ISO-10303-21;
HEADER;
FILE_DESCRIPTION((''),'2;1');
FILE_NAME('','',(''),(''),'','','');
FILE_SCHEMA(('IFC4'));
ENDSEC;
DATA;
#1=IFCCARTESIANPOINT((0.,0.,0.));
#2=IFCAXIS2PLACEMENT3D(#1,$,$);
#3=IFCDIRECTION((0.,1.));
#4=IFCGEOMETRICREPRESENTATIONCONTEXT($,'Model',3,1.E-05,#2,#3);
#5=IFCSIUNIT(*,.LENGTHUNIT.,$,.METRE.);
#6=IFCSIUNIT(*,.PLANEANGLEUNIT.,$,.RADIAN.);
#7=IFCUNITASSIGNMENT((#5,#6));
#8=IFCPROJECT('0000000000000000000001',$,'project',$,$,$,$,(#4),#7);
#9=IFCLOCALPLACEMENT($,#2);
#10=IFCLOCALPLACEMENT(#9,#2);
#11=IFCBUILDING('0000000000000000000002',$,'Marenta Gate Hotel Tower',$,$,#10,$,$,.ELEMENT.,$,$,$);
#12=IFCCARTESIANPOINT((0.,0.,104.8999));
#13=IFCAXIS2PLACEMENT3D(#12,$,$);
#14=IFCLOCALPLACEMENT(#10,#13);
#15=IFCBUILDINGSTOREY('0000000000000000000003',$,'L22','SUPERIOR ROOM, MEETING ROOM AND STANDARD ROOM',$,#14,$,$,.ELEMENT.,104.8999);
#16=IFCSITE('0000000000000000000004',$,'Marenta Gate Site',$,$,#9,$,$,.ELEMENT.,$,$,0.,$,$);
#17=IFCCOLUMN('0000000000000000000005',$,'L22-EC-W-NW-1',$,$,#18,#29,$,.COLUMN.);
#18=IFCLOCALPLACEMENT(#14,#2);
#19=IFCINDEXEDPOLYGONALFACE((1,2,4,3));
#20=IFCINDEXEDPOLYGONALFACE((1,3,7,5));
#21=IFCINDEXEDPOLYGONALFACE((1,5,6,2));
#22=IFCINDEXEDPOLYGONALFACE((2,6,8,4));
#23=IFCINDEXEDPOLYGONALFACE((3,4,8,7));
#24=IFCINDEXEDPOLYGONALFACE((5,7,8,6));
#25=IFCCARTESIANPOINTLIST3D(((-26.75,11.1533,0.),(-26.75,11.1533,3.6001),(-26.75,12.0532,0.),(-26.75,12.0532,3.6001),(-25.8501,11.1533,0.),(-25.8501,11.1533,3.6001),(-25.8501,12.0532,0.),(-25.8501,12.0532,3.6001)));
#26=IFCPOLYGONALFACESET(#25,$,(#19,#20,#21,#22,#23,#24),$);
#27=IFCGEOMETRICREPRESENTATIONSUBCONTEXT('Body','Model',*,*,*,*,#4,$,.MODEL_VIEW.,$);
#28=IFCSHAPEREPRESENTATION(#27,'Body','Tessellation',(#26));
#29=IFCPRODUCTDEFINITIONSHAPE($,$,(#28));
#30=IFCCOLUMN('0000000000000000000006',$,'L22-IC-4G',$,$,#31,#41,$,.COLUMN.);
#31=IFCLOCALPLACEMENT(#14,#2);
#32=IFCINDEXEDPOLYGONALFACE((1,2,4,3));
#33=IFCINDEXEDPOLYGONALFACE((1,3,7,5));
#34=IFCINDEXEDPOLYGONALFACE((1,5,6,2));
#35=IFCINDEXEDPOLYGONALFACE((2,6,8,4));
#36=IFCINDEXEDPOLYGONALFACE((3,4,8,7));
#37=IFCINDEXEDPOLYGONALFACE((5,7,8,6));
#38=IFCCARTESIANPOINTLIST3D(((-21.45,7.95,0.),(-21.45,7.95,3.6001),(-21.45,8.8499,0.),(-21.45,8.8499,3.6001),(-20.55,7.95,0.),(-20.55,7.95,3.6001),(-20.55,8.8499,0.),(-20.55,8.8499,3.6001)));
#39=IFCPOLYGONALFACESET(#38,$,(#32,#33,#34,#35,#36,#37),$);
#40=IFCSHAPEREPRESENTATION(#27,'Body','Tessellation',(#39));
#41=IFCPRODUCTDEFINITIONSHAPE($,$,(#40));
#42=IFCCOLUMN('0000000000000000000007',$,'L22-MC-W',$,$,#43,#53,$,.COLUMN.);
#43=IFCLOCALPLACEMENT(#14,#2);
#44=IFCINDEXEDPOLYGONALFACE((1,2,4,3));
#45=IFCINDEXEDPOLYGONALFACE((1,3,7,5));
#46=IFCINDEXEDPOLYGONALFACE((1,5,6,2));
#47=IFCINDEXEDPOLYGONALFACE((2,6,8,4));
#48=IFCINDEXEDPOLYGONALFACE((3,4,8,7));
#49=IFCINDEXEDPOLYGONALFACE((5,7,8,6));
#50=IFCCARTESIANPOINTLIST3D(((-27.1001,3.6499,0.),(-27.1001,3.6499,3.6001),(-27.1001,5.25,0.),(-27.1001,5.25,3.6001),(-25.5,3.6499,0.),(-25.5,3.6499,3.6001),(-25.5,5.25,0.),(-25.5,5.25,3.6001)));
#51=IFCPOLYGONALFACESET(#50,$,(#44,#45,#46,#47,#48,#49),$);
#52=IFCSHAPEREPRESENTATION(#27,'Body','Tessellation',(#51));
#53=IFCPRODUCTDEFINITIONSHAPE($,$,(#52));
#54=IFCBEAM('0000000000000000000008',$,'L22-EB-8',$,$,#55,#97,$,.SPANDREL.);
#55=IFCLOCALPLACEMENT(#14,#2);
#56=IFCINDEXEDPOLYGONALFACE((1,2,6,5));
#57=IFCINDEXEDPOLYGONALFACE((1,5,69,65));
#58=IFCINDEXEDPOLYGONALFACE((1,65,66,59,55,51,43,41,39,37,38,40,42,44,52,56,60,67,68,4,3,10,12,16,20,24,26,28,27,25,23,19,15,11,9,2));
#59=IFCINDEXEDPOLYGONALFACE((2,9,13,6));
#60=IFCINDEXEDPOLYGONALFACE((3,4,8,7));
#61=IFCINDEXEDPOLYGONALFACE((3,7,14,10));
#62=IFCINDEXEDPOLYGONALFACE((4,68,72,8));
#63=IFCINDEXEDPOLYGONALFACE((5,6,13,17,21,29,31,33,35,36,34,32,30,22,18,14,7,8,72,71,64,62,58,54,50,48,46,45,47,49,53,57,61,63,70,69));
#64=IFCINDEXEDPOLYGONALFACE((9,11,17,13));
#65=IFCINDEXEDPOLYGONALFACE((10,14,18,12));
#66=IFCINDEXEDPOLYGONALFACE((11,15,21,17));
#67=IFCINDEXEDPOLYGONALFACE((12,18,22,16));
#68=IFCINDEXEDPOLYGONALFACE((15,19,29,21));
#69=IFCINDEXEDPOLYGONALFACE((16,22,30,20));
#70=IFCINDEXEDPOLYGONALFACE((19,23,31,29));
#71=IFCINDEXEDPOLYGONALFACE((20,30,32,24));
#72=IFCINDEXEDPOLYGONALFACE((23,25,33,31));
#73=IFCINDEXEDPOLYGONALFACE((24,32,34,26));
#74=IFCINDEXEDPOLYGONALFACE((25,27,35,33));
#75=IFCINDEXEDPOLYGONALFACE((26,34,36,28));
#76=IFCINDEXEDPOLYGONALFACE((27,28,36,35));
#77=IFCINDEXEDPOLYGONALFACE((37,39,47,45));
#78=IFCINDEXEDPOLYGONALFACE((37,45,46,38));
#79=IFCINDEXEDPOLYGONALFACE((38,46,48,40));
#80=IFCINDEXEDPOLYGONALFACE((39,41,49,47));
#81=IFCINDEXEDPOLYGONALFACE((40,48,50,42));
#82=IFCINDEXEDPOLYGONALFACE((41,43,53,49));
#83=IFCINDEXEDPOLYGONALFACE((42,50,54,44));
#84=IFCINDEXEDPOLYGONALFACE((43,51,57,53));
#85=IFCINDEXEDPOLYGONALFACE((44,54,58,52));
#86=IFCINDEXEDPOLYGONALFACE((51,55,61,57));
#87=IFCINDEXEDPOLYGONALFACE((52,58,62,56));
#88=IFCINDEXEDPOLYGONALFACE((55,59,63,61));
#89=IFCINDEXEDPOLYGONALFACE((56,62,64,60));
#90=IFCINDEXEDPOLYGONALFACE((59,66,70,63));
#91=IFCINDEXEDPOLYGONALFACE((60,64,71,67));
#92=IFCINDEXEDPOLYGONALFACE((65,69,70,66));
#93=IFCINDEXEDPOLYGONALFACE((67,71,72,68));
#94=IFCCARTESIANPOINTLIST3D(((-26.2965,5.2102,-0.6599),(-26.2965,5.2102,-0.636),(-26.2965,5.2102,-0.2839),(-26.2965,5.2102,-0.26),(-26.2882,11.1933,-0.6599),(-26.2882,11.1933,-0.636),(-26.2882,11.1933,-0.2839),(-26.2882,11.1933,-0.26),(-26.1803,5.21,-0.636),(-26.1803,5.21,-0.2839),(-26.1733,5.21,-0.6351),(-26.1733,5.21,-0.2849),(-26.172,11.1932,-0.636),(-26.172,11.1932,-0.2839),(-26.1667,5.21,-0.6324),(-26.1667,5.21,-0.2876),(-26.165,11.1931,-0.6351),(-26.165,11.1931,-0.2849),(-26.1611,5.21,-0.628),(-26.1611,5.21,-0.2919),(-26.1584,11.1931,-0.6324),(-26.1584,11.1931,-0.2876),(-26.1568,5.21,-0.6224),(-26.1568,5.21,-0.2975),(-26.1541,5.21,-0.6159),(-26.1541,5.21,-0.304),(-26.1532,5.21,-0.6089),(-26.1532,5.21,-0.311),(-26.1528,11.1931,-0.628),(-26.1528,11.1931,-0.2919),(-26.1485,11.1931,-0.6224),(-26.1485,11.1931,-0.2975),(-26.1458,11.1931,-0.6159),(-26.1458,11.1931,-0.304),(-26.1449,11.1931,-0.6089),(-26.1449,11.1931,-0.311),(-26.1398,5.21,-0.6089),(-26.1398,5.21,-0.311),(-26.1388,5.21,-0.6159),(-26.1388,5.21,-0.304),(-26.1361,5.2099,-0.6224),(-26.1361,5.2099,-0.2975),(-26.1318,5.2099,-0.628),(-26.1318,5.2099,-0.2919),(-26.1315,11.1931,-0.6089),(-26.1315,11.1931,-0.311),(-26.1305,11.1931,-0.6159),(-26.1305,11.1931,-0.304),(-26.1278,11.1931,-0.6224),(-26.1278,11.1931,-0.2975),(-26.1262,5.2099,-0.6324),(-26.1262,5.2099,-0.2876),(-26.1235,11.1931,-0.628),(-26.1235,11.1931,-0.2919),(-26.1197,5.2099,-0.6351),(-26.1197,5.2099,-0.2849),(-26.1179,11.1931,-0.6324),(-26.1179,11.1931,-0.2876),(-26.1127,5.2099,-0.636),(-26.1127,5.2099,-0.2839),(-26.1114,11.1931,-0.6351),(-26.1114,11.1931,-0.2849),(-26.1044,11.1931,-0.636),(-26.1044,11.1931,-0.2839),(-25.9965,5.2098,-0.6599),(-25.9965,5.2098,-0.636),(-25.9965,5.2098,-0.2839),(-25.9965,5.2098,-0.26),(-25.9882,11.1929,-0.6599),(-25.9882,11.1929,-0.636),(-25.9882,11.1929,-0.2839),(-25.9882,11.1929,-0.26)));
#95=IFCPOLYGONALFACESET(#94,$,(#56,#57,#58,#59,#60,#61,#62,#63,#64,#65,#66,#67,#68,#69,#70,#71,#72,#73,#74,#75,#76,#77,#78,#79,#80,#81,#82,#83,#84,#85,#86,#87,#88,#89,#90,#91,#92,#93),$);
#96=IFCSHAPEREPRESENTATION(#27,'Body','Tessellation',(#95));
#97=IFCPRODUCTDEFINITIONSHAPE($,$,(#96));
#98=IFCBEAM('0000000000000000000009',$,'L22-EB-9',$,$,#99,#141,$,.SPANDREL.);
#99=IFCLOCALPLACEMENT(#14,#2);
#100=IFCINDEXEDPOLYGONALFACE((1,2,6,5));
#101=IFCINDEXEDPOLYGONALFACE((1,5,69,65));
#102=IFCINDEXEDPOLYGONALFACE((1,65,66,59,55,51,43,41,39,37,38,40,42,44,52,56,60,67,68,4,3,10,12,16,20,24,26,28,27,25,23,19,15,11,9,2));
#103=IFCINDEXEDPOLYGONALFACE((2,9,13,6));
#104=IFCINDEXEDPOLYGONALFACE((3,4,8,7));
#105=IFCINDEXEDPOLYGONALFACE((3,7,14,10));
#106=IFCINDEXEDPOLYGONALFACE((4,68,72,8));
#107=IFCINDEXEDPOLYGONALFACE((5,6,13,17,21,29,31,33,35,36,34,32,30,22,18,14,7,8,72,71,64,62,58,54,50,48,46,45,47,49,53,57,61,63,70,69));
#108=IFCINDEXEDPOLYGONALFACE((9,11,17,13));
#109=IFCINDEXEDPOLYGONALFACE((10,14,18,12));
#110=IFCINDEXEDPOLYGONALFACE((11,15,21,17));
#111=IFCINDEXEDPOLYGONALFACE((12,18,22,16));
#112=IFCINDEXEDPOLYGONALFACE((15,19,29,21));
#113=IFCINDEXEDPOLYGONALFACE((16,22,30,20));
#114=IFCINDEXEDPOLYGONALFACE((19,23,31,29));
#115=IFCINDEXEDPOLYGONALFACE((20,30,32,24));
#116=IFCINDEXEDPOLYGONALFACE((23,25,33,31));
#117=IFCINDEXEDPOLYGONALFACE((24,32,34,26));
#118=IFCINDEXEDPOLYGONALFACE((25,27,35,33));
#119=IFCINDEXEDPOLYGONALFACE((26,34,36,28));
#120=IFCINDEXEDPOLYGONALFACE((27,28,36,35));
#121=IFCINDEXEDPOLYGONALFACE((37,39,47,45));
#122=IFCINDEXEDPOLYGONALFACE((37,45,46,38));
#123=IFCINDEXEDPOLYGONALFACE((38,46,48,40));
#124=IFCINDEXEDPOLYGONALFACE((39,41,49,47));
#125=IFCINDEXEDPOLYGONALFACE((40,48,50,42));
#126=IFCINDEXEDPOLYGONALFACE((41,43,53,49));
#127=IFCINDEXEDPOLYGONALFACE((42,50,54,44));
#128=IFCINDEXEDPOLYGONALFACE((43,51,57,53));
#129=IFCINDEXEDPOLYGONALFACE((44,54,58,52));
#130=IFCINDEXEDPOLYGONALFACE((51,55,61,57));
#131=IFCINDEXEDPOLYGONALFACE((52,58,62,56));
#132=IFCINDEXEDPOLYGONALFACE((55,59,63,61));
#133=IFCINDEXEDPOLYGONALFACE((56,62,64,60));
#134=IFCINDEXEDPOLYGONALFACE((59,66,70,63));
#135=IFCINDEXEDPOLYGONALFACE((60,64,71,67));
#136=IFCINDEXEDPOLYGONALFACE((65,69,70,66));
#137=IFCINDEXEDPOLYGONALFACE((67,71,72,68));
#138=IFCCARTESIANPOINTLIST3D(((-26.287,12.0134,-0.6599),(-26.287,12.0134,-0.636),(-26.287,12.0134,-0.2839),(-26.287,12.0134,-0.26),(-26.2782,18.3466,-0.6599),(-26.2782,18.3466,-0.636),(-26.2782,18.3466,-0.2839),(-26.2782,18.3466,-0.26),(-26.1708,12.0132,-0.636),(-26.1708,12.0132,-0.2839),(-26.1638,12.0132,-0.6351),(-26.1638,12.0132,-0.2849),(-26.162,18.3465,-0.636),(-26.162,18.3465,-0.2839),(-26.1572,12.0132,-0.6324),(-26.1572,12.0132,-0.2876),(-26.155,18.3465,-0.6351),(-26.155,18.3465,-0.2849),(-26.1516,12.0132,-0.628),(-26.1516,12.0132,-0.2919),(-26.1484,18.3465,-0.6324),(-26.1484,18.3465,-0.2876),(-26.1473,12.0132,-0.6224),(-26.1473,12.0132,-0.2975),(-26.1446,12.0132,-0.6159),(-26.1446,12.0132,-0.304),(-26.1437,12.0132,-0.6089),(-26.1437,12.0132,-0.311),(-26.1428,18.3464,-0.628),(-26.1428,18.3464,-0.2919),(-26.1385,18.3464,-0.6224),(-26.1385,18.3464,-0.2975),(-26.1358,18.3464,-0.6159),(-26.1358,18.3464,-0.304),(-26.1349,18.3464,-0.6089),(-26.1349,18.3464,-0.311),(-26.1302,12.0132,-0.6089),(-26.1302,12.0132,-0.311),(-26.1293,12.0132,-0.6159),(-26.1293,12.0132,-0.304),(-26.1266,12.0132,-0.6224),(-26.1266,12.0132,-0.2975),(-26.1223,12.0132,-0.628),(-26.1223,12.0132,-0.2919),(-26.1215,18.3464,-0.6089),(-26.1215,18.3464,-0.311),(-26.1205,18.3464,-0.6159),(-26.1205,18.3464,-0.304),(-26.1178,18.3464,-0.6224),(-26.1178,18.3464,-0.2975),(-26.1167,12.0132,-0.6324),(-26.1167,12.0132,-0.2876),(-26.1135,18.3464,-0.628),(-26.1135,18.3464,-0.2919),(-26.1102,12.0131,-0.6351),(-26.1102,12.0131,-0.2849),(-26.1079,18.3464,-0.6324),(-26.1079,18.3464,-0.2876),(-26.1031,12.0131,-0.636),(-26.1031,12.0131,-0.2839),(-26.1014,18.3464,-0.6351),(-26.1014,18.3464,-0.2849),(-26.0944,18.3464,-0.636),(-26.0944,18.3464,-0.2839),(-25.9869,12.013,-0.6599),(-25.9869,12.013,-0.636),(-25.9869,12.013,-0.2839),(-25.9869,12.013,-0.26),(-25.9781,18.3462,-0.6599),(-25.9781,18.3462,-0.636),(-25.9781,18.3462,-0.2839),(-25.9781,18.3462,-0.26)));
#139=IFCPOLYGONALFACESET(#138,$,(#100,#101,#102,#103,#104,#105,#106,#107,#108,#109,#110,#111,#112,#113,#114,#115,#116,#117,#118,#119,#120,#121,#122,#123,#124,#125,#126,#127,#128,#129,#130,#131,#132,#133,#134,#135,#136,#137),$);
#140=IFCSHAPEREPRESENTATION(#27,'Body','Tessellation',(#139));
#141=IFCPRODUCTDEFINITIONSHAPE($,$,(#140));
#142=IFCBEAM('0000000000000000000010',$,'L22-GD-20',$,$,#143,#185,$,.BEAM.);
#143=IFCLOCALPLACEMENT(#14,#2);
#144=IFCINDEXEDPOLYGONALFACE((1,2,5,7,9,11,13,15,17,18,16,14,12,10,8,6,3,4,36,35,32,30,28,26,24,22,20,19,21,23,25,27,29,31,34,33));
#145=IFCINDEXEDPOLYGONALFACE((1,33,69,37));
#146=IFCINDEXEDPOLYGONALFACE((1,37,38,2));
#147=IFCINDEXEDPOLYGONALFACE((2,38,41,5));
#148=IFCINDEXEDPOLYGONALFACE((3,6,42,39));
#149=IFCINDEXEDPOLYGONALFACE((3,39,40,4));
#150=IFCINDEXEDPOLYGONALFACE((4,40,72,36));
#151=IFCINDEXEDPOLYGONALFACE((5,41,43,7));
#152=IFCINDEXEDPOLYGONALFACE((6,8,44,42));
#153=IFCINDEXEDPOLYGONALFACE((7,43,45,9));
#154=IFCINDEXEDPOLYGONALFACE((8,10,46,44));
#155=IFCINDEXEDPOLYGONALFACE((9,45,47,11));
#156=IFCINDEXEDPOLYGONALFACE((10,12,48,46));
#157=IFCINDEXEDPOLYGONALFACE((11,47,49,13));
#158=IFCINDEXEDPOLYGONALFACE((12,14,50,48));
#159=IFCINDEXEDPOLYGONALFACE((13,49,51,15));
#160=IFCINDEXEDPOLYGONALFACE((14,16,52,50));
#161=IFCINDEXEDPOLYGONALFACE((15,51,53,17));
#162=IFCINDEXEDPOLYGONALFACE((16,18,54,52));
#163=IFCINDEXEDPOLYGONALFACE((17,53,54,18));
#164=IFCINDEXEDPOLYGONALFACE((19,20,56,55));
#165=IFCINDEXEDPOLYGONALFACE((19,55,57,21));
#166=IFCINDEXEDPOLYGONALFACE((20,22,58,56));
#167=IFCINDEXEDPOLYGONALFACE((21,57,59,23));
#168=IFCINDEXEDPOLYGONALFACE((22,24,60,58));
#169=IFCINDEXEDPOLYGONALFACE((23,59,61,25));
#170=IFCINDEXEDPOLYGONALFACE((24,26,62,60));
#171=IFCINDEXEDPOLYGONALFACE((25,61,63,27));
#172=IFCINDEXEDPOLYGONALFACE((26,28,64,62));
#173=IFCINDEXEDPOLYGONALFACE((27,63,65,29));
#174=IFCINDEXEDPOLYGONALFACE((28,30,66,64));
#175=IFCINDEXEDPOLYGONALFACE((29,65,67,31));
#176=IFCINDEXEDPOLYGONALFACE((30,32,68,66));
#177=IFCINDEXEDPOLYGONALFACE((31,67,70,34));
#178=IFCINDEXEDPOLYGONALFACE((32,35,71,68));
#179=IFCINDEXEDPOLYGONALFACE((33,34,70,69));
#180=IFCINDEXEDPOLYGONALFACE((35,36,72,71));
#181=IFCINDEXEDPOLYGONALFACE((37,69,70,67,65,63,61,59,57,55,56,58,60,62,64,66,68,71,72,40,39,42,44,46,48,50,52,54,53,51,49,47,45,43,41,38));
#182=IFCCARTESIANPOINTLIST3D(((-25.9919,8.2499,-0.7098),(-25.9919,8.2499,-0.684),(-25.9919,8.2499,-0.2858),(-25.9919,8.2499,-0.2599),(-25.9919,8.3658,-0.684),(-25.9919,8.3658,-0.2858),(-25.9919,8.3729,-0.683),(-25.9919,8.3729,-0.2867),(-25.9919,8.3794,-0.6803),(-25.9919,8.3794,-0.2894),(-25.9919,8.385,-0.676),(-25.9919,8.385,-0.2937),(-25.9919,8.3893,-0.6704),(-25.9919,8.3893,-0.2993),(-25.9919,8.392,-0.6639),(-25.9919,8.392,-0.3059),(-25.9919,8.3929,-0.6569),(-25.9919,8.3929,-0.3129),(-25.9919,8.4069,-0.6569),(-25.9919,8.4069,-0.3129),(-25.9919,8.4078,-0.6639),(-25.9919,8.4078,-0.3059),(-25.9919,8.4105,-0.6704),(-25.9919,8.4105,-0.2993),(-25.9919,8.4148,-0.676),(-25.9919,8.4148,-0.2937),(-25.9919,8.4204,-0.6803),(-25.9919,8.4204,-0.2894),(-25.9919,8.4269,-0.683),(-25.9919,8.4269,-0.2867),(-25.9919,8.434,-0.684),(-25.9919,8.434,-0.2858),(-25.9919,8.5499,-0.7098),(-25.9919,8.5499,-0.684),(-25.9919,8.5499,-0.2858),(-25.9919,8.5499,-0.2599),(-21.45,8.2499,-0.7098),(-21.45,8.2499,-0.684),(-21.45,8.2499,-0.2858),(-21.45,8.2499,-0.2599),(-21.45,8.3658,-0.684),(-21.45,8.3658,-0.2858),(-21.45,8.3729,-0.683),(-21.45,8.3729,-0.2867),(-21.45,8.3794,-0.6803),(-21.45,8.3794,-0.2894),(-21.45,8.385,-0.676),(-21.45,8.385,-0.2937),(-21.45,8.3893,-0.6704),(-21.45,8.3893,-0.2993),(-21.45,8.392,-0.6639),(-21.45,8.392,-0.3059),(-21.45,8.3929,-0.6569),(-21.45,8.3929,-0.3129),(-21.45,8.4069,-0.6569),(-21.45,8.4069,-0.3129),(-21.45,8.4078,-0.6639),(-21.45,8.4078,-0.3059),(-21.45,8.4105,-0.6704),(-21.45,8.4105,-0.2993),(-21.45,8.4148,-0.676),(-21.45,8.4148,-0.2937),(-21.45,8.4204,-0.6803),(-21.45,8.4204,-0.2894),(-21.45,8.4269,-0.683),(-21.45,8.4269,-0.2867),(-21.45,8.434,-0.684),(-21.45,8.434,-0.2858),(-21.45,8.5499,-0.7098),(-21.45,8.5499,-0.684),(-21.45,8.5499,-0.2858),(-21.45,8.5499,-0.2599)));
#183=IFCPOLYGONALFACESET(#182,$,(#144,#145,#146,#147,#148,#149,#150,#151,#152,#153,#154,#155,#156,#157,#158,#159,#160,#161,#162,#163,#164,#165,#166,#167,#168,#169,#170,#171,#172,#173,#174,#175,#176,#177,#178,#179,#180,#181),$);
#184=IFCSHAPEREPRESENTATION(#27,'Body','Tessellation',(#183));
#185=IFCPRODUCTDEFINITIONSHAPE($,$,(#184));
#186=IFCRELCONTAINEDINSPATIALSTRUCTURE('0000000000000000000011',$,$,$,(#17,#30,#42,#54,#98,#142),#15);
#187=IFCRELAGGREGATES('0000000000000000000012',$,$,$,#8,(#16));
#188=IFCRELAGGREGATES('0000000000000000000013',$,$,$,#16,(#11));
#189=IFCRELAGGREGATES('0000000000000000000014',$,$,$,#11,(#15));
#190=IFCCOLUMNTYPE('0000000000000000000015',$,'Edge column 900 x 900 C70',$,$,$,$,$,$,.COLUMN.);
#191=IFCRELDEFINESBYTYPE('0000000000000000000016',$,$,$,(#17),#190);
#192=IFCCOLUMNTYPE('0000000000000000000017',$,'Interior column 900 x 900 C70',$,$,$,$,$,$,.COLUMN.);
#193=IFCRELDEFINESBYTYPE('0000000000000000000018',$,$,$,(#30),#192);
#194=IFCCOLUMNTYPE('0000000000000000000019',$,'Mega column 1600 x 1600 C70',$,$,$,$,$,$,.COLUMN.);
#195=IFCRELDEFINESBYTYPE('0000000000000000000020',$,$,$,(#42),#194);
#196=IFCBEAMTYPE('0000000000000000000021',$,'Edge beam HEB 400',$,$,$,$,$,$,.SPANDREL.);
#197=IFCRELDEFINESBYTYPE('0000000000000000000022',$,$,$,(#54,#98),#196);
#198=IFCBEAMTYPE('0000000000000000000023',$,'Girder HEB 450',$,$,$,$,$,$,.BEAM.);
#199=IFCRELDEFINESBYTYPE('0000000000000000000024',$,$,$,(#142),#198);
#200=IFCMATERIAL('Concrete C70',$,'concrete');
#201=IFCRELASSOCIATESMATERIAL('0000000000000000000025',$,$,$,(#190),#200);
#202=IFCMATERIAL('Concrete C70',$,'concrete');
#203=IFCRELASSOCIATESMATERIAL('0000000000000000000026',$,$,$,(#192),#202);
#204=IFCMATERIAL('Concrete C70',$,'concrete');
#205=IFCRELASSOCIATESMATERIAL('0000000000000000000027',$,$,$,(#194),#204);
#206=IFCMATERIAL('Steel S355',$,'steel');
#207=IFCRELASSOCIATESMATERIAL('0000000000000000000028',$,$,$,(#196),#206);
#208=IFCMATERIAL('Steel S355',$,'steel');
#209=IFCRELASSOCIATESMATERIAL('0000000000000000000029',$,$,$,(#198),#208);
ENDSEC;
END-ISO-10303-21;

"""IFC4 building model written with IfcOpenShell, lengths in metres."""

from ifc_helpers import new_model, si_unit, direction, frame, origin, origin_2d, place, context, subcontext, project, spatial, rectangle, i_section, extrude, material, material_profile, profile_set, type_object, element, save


model = new_model("IFC4")

# Units and contexts
model_context = context("Model", 3, precision=1e-05, world=origin(), true_north=direction((0.0, 1.0)))
body_context = subcontext(model_context, "Body", "Model", "MODEL_VIEW")
ifc_project = project(units=[si_unit("LENGTHUNIT", "METRE"), si_unit("PLANEANGLEUNIT", "RADIAN")], contexts=[model_context])

# Site, building, storey
site_placement = place(None, origin())
site = spatial("IfcSite", under=ifc_project, at=site_placement, Name="Marenta Gate Site", CompositionType="ELEMENT", RefElevation=0.0)
building_placement = place(site_placement, origin())
building = spatial("IfcBuilding", under=site, at=building_placement, Name="Marenta Gate Hotel Tower", CompositionType="ELEMENT")
storey_placement = place(building_placement, frame((0.0, 0.0, 104.8999)))
storey = spatial("IfcBuildingStorey", under=building, at=storey_placement, Name="L22", Description="SUPERIOR ROOM, MEETING ROOM AND STANDARD ROOM", CompositionType="ELEMENT", Elevation=104.8999)

# Columns
ifc_material_1 = material(Name="Concrete C70", Category="concrete")
ifc_material_profile_1 = material_profile(ifc_material_1, rectangle(XDim=0.8999, YDim=0.8999, at=origin_2d()), Name="900 x 900")
ifc_profile_set_1 = profile_set([ifc_material_profile_1], Name="Concrete C70")
column_type_1 = type_object("IfcColumnType", Name="Edge column 900 x 900 C70", PredefinedType="COLUMN", material=ifc_profile_set_1)
column_1_placement = place(storey_placement, frame((-26.3, 11.6033, 0.0), z_axis=(0.0, 0.0, 1.0), x_axis=(1.0, 0.0, 0.0)))
element("IfcColumn", 1, at=column_1_placement, inside=storey, type_object=column_type_1, Name="L22-EC-W-NW-1", PredefinedType="COLUMN", context=body_context, shape_type="SweptSolid", body=[
    extrude(rectangle(XDim=0.8999, YDim=0.8999, at=origin_2d()), origin(), (0.0, 0.0, 1.0), 3.6001),
])
ifc_material_2 = material(Name="Concrete C70", Category="concrete")
ifc_material_profile_2 = material_profile(ifc_material_2, rectangle(XDim=0.8999, YDim=0.8999, at=origin_2d()), Name="900 x 900")
ifc_profile_set_2 = profile_set([ifc_material_profile_2], Name="Concrete C70")
column_type_2 = type_object("IfcColumnType", Name="Interior column 900 x 900 C70", PredefinedType="COLUMN", material=ifc_profile_set_2)
column_2_placement = place(storey_placement, frame((-21.0, 8.3999, 0.0), z_axis=(0.0, 0.0, 1.0), x_axis=(1.0, 0.0, 0.0)))
element("IfcColumn", 2, at=column_2_placement, inside=storey, type_object=column_type_2, Name="L22-IC-4G", PredefinedType="COLUMN", context=body_context, shape_type="SweptSolid", body=[
    extrude(rectangle(XDim=0.8999, YDim=0.8999, at=origin_2d()), origin(), (0.0, 0.0, 1.0), 3.6001),
])
ifc_material_3 = material(Name="Concrete C70", Category="concrete")
ifc_material_profile_3 = material_profile(ifc_material_3, rectangle(XDim=1.6001, YDim=1.6001, at=origin_2d()), Name="1600 x 1600")
ifc_profile_set_3 = profile_set([ifc_material_profile_3], Name="Concrete C70")
column_type_3 = type_object("IfcColumnType", Name="Mega column 1600 x 1600 C70", PredefinedType="COLUMN", material=ifc_profile_set_3)
column_3_placement = place(storey_placement, frame((-26.3, 4.45, 0.0), z_axis=(0.0, 0.0, 1.0), x_axis=(1.0, 0.0, 0.0)))
element("IfcColumn", 3, at=column_3_placement, inside=storey, type_object=column_type_3, Name="L22-MC-W", PredefinedType="COLUMN", context=body_context, shape_type="SweptSolid", body=[
    extrude(rectangle(XDim=1.6001, YDim=1.6001, at=origin_2d()), origin(), (0.0, 0.0, 1.0), 3.6001),
])

# Beams
ifc_material_4 = material(Name="Steel S355", Category="steel")
ifc_material_profile_4 = material_profile(ifc_material_4, i_section(OverallWidth=0.3, OverallDepth=0.3999, WebThickness=0.0134, FlangeThickness=0.0239, FilletRadius=0.0271, at=origin_2d()), Name="HEB 400")
ifc_profile_set_4 = profile_set([ifc_material_profile_4], Name="Steel S355")
beam_type_1 = type_object("IfcBeamType", Name="Edge beam HEB 400", PredefinedType="SPANDREL", material=ifc_profile_set_4)
beam_1_placement = place(storey_placement, frame((-26.1465, 5.21, -0.46), z_axis=(0.001387, 0.999999, 0.0), x_axis=(-0.999999, 0.001387, 0.0)))
element("IfcBeam", 4, at=beam_1_placement, inside=storey, type_object=beam_type_1, Name="L22-EB-8", PredefinedType="SPANDREL", context=body_context, shape_type="SweptSolid", body=[
    extrude(i_section(OverallWidth=0.3, OverallDepth=0.3999, WebThickness=0.0134, FlangeThickness=0.0239, FilletRadius=0.0271, at=origin_2d()), origin(), (0.0, 0.0, 1.0), 5.9832),
])
beam_2_placement = place(storey_placement, frame((-26.137, 12.0132, -0.46), z_axis=(0.001388, 0.999999, 0.0), x_axis=(-0.999999, 0.001388, 0.0)))
element("IfcBeam", 5, at=beam_2_placement, inside=storey, type_object=beam_type_1, Name="L22-EB-9", PredefinedType="SPANDREL", context=body_context, shape_type="SweptSolid", body=[
    extrude(i_section(OverallWidth=0.3, OverallDepth=0.3999, WebThickness=0.0134, FlangeThickness=0.0239, FilletRadius=0.0271, at=origin_2d()), origin(), (0.0, 0.0, 1.0), 6.3333),
])
ifc_material_5 = material(Name="Steel S355", Category="steel")
ifc_material_profile_5 = material_profile(ifc_material_5, i_section(OverallWidth=0.3, OverallDepth=0.45, WebThickness=0.0139, FlangeThickness=0.0259, FilletRadius=0.0271, at=origin_2d()), Name="HEB 450")
ifc_profile_set_5 = profile_set([ifc_material_profile_5], Name="Steel S355")
beam_type_2 = type_object("IfcBeamType", Name="Girder HEB 450", PredefinedType="BEAM", material=ifc_profile_set_5)
beam_3_placement = place(storey_placement, frame((-25.9919, 8.3999, -0.4849), z_axis=(1.0, 0.0, 0.0), x_axis=(0.0, 1.0, 0.0)))
element("IfcBeam", 6, at=beam_3_placement, inside=storey, type_object=beam_type_2, Name="L22-GD-20", PredefinedType="BEAM", context=body_context, shape_type="SweptSolid", body=[
    extrude(i_section(OverallWidth=0.3, OverallDepth=0.45, WebThickness=0.0139, FlangeThickness=0.0259, FilletRadius=0.0271, at=origin_2d()), origin(), (0.0, 0.0, 1.0), 4.542),
])

save(model, "model.ifc")
